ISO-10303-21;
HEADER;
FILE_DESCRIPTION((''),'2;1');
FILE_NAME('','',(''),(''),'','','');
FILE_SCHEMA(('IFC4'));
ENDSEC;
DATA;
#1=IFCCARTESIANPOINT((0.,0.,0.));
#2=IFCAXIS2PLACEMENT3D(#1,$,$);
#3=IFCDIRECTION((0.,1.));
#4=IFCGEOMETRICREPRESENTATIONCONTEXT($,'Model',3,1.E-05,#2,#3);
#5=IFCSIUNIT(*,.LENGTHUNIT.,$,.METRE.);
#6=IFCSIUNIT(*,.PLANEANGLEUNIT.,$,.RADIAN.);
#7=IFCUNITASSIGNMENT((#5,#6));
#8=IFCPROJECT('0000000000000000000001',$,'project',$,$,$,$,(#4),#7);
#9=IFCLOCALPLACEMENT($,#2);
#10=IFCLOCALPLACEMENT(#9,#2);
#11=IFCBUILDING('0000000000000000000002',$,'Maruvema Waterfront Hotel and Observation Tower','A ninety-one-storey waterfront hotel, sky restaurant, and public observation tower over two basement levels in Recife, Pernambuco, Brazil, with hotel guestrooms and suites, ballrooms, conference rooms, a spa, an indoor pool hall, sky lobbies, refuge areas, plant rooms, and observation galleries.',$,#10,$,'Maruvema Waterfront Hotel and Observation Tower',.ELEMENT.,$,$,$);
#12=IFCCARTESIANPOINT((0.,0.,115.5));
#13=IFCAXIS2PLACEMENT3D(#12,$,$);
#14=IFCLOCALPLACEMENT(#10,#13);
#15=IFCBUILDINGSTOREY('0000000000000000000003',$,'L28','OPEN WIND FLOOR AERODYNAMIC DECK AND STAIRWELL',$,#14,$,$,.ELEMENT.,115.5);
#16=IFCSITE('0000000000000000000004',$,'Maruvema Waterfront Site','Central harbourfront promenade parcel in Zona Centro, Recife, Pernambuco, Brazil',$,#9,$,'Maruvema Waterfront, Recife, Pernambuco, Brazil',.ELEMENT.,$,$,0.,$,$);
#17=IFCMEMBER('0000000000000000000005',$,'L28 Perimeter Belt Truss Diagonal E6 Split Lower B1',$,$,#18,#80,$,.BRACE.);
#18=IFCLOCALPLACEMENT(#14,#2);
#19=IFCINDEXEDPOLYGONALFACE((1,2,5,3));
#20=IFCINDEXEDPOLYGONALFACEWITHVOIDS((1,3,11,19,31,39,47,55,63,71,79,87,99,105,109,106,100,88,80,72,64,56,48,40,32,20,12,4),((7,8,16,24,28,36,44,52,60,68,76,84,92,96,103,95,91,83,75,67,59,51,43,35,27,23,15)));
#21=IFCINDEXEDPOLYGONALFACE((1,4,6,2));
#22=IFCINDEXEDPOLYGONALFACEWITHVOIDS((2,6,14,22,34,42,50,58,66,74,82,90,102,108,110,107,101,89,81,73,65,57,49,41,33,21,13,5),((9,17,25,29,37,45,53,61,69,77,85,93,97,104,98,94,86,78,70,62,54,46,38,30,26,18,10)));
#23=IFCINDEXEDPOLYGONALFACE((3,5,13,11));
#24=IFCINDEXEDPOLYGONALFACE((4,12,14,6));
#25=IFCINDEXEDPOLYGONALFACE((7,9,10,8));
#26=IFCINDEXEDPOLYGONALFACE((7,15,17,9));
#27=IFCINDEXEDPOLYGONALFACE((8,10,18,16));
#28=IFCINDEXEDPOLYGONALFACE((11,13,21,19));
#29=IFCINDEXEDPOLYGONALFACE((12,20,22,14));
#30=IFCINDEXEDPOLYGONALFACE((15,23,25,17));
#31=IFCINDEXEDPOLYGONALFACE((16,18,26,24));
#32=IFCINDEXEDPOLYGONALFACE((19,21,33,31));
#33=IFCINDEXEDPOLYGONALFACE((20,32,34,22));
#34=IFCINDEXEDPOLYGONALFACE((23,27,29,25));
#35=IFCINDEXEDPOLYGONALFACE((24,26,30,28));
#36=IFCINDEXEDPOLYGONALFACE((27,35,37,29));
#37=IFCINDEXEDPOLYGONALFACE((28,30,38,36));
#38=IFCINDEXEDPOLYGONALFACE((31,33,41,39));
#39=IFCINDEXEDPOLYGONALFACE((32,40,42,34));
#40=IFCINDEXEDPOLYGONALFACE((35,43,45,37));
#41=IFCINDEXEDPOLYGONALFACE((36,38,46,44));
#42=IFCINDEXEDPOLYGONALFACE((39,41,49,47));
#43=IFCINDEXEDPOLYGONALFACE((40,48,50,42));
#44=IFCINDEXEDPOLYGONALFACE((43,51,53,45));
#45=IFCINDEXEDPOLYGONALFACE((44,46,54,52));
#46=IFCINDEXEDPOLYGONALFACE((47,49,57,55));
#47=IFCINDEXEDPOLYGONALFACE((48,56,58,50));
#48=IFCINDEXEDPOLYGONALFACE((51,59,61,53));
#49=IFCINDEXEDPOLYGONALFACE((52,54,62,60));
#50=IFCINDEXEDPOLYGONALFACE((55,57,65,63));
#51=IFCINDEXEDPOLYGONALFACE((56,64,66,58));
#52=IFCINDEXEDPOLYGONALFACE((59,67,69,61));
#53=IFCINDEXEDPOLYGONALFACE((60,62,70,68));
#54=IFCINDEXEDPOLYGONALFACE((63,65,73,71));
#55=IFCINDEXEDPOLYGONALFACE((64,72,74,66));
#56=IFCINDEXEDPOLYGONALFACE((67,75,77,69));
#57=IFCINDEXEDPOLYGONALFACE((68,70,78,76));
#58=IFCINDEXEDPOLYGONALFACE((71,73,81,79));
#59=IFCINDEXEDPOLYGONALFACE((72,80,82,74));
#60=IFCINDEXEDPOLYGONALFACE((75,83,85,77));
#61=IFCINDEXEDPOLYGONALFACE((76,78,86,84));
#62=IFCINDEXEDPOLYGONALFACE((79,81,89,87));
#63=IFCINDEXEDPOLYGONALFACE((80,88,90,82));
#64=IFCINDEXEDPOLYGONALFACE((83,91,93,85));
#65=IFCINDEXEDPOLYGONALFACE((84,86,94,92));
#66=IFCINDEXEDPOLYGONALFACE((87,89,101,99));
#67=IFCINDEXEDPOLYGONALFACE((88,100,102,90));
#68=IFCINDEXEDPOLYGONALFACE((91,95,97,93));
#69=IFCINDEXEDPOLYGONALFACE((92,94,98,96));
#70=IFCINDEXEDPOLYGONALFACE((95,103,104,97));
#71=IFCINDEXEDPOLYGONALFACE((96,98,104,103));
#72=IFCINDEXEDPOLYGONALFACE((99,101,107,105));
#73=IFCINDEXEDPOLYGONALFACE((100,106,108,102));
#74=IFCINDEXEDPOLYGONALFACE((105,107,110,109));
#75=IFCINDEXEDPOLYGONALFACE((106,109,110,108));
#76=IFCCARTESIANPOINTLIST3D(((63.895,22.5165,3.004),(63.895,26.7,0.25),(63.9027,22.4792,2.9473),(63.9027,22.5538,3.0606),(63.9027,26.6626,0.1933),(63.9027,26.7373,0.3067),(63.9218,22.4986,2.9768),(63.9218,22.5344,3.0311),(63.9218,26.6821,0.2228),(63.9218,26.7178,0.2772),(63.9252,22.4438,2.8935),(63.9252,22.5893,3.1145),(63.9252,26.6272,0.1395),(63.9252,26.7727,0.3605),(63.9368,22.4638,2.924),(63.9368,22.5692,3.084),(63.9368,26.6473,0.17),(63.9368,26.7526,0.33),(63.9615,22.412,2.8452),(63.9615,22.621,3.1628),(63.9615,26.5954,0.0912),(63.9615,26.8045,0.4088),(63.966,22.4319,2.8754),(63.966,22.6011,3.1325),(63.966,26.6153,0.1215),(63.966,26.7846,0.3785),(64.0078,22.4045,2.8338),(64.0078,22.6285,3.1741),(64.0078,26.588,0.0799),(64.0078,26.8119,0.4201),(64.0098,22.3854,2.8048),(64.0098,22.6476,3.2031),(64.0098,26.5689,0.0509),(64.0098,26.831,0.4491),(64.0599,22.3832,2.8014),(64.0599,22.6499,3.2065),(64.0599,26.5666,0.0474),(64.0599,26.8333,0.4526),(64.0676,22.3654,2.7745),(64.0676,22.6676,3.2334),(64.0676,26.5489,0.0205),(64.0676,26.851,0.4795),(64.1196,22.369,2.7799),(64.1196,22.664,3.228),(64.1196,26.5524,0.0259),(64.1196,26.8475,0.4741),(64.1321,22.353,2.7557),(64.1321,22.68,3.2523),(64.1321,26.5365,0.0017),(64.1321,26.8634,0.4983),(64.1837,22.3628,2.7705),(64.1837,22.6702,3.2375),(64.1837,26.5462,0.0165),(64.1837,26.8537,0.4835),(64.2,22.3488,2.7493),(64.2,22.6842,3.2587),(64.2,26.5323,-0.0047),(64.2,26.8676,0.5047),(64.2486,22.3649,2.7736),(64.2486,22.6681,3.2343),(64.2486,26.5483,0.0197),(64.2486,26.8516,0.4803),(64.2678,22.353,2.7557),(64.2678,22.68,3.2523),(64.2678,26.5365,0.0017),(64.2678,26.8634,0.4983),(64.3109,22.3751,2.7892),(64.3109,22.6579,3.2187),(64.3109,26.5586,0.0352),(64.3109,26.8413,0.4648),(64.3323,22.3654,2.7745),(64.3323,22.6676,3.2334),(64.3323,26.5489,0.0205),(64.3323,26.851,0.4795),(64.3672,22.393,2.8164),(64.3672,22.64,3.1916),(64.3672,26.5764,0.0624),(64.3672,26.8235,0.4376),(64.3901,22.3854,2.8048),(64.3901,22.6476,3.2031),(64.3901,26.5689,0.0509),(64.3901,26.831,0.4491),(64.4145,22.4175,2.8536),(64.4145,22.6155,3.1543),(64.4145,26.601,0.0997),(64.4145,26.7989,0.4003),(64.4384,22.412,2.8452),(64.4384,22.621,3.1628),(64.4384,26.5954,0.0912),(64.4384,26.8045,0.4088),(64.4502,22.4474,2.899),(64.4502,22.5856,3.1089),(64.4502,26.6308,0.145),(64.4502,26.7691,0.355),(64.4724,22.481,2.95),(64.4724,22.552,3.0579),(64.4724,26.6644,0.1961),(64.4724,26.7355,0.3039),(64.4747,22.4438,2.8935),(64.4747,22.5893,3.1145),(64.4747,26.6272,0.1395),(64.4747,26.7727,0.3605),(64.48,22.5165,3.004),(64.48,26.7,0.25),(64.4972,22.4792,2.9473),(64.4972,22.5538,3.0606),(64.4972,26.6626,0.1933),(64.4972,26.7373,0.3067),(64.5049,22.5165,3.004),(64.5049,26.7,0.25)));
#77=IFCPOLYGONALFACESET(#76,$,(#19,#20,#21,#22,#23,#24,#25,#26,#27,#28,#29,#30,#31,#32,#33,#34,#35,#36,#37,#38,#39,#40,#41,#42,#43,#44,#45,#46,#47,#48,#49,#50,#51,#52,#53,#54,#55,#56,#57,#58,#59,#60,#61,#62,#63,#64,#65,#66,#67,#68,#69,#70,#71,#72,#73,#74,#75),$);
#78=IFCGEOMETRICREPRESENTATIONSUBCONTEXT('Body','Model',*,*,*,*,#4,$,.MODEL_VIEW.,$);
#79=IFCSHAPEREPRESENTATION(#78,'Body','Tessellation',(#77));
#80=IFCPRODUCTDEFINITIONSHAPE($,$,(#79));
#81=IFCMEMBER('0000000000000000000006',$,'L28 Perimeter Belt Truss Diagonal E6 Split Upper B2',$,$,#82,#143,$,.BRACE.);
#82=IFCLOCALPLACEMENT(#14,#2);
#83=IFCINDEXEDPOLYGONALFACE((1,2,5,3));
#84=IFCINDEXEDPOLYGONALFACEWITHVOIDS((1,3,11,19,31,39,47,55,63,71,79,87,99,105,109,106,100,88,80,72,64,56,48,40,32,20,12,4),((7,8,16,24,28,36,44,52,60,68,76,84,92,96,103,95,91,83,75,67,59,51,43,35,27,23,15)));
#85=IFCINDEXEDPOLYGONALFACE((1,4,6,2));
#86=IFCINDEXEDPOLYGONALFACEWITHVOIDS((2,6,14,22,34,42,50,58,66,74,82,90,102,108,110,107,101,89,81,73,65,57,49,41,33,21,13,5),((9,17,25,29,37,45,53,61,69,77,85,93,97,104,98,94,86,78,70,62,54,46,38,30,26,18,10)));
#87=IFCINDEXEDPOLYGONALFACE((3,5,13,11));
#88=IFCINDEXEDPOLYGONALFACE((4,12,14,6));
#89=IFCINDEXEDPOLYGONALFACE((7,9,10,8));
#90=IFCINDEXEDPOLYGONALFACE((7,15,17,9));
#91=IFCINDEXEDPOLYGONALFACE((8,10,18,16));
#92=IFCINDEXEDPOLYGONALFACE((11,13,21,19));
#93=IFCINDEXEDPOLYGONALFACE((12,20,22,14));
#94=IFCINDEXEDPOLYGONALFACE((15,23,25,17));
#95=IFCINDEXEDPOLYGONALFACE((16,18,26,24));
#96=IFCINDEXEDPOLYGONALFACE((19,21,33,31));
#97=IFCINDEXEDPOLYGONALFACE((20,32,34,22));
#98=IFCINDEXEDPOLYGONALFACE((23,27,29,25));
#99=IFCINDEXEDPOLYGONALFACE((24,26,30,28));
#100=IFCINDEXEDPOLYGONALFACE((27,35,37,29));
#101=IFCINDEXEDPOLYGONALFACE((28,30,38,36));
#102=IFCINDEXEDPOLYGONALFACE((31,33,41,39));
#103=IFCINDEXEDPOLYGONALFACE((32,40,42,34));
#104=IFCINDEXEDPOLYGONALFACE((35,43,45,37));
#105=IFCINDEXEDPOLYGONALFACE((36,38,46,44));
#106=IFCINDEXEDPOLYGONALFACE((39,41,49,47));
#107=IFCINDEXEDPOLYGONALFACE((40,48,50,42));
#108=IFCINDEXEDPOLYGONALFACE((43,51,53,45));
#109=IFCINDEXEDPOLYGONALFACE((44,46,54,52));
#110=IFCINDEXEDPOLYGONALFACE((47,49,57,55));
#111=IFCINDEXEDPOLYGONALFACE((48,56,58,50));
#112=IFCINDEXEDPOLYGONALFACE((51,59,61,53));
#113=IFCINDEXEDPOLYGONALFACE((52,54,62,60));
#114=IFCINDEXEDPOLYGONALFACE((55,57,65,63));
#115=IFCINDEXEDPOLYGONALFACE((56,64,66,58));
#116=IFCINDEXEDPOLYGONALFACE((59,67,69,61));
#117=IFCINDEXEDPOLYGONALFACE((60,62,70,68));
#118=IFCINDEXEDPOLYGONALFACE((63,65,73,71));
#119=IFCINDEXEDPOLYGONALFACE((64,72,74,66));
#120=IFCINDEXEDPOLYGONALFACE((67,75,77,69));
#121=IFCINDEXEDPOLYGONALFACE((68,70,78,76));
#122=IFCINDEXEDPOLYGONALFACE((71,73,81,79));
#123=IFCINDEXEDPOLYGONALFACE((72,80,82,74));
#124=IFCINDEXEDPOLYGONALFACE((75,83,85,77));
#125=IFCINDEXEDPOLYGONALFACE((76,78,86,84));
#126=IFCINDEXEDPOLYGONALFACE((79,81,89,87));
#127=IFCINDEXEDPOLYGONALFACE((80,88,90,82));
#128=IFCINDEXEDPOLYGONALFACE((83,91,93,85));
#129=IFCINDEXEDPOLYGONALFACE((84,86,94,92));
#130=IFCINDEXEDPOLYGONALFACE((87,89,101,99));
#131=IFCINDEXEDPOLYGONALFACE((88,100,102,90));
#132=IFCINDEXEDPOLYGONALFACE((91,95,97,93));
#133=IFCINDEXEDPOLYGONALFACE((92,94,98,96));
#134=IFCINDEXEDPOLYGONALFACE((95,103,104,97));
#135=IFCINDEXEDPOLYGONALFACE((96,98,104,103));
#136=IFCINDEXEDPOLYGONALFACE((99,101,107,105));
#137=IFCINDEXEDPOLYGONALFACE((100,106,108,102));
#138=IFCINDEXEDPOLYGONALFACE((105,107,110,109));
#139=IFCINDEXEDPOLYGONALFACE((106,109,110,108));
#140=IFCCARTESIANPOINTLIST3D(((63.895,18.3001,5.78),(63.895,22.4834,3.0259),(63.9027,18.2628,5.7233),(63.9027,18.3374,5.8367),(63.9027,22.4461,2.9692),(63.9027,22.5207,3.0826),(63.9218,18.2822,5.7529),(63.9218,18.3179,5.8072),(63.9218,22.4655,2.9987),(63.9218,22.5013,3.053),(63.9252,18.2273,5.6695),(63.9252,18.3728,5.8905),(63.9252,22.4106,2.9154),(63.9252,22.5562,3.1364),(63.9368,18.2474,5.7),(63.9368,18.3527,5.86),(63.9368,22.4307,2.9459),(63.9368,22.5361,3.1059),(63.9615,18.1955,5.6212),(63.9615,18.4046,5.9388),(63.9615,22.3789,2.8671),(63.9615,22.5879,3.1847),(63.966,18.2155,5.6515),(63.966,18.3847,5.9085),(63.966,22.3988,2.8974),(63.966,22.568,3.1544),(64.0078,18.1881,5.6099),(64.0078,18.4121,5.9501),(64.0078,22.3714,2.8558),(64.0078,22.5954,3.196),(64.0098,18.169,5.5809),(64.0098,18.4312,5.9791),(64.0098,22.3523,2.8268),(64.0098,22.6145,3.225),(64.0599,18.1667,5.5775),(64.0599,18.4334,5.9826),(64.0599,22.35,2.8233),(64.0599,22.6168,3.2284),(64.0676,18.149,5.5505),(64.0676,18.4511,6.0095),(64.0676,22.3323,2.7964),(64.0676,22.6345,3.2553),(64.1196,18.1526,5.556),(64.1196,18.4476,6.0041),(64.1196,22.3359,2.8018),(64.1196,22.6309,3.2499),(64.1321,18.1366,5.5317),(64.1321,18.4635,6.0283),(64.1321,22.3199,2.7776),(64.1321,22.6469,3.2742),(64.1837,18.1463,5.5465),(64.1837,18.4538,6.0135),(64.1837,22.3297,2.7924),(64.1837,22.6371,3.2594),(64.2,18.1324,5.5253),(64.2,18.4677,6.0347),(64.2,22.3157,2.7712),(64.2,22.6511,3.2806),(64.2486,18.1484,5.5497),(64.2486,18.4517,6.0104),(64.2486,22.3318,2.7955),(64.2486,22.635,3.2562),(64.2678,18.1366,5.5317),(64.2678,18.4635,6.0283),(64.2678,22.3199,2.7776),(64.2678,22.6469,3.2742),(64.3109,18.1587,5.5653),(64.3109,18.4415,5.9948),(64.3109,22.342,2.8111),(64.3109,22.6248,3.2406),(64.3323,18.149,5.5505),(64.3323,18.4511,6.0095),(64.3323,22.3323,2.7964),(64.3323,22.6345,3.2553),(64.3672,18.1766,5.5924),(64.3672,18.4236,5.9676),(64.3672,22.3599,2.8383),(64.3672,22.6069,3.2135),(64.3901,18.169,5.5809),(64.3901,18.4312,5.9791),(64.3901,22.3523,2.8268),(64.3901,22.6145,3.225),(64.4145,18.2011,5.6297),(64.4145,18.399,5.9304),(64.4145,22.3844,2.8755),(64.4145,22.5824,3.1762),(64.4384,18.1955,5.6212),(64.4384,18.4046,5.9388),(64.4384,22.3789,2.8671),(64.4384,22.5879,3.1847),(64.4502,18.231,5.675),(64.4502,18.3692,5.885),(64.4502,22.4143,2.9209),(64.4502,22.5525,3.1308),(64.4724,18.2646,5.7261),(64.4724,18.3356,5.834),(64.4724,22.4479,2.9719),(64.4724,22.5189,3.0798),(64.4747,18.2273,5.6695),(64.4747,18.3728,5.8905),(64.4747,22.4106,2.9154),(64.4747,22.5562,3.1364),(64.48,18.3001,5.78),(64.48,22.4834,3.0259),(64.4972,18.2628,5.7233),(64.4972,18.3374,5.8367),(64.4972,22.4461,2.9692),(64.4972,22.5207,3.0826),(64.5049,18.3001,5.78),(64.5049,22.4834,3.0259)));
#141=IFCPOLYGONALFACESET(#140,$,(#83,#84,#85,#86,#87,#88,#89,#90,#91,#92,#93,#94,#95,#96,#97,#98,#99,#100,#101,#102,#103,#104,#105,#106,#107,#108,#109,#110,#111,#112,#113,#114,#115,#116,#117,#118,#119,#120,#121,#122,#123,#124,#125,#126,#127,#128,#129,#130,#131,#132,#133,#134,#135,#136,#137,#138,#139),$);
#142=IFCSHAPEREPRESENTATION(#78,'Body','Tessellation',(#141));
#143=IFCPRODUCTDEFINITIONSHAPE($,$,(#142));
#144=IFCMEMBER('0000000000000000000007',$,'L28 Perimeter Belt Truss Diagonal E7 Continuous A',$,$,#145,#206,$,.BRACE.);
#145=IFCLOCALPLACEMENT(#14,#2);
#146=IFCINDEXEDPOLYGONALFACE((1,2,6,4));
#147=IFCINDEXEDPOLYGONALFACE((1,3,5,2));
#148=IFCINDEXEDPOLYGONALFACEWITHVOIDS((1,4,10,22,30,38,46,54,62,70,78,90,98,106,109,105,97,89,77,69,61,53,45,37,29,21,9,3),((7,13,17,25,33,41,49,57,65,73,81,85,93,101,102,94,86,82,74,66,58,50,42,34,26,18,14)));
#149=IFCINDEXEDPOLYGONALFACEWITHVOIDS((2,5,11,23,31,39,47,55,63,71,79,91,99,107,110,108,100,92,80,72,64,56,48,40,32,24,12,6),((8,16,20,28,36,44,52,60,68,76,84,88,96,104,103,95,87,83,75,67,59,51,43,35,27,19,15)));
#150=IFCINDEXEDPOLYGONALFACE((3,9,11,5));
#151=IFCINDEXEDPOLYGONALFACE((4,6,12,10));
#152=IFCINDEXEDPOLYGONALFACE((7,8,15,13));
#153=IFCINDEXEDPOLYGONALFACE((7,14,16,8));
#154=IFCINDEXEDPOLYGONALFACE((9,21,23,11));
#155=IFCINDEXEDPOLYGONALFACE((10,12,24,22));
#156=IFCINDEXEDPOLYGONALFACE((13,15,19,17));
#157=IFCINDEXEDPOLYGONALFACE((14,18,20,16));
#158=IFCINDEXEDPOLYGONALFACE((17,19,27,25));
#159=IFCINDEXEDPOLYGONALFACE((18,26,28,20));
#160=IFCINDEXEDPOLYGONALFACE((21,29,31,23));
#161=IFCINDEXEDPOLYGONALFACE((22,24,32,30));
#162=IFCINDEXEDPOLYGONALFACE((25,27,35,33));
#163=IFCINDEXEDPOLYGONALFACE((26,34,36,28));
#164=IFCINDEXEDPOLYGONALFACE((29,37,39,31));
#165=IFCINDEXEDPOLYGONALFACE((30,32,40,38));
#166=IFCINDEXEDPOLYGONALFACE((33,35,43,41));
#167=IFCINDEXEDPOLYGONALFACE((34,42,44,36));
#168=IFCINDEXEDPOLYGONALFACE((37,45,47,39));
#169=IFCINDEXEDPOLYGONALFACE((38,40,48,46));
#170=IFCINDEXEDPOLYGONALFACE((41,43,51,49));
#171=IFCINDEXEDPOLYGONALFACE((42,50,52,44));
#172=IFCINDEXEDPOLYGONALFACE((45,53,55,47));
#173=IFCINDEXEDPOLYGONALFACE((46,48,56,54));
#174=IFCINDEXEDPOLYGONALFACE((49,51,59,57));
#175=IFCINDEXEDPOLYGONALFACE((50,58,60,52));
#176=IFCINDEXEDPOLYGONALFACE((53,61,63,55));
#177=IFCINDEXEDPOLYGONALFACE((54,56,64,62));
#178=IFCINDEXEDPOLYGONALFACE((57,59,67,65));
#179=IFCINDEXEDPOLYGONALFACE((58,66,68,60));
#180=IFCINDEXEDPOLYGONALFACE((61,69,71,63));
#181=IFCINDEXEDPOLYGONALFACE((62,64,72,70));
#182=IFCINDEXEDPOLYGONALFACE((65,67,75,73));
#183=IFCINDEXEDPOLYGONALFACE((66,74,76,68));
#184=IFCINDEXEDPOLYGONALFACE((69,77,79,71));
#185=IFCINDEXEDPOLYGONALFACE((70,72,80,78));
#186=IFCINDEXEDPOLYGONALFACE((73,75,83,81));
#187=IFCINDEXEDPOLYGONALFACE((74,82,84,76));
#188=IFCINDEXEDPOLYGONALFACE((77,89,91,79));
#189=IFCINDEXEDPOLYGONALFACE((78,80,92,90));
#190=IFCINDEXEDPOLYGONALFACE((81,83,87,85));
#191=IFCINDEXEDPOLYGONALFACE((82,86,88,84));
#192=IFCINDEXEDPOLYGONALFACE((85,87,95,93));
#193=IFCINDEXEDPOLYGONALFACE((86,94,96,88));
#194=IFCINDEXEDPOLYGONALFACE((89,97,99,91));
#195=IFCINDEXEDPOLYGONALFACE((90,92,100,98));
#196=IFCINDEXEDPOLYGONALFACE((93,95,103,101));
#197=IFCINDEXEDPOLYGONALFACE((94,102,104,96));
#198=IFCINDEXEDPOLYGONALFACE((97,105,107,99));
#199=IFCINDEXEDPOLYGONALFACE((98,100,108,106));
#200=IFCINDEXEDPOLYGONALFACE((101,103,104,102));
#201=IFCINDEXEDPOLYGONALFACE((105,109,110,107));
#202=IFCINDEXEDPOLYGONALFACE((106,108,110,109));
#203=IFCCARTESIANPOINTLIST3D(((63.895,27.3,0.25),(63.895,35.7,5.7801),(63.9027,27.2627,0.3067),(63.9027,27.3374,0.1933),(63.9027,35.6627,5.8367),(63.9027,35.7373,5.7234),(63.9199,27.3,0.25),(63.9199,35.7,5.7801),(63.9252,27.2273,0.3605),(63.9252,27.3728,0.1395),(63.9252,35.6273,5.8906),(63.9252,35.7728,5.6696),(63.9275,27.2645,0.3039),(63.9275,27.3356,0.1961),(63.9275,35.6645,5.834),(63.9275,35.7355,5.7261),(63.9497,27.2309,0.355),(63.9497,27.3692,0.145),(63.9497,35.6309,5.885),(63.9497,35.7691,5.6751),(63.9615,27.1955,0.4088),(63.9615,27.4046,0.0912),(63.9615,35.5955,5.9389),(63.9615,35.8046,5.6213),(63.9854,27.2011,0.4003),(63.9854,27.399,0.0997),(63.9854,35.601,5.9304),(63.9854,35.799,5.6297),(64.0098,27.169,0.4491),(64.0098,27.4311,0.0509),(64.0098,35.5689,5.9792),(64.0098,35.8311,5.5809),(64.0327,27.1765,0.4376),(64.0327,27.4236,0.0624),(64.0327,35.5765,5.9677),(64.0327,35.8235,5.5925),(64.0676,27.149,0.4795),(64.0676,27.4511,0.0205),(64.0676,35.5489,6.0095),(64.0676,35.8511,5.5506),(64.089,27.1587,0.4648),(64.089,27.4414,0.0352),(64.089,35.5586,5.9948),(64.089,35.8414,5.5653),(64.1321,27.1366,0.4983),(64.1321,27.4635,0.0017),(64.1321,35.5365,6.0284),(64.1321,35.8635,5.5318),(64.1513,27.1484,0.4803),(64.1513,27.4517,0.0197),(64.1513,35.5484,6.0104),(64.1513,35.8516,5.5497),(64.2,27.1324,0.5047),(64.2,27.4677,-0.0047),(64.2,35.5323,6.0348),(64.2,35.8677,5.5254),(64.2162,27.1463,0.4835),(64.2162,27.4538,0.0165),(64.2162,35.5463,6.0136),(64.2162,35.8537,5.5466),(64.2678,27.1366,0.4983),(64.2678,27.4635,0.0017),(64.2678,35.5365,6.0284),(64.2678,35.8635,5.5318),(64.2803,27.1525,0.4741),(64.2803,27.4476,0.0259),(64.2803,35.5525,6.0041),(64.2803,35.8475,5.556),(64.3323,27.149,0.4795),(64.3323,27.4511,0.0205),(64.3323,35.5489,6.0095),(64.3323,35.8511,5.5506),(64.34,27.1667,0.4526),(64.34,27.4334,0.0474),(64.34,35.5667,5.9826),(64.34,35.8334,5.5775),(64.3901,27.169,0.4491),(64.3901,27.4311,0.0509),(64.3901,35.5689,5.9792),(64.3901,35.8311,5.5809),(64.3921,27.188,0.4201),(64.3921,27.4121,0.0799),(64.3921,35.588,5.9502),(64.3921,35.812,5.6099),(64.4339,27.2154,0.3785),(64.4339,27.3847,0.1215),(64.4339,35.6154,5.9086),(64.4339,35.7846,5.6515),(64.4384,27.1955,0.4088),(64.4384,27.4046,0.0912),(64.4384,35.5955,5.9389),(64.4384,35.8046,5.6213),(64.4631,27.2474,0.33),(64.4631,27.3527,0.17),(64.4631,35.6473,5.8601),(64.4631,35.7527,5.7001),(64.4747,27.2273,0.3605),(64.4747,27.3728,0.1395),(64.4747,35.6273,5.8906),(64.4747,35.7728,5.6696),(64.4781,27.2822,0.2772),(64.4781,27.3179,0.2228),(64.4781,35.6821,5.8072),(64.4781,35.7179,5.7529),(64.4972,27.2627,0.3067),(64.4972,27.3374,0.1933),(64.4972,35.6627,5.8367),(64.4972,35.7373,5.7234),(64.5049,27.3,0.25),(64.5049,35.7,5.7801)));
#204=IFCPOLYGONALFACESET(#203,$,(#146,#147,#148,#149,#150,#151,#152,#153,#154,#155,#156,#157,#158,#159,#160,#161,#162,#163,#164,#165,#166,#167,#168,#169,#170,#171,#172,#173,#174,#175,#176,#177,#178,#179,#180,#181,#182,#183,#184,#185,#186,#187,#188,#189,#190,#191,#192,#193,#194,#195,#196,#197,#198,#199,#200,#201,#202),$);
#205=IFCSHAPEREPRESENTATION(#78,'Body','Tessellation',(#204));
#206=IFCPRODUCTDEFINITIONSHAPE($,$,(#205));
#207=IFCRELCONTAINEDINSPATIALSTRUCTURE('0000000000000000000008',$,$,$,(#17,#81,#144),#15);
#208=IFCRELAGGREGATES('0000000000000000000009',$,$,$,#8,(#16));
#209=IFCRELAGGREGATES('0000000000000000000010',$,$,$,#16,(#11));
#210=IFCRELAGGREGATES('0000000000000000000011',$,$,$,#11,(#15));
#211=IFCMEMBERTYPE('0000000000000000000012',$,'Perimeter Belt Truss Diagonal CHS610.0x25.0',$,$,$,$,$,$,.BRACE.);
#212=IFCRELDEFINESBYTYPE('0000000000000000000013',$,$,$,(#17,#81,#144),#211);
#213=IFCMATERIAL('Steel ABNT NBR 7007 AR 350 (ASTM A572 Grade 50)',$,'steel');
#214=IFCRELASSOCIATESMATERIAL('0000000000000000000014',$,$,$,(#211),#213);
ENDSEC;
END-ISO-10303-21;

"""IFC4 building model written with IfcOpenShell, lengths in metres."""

from ifc_helpers import new_model, si_unit, direction, frame, origin, origin_2d, place, context, subcontext, project, spatial, hollow_circle, extrude, material, material_profile, profile_set, type_object, element, save


model = new_model("IFC4")

# Units and contexts
model_context = context("Model", 3, precision=1e-05, world=origin(), true_north=direction((0.0, 1.0)))
body_context = subcontext(model_context, "Body", "Model", "MODEL_VIEW")
ifc_project = project(units=[si_unit("LENGTHUNIT", "METRE"), si_unit("PLANEANGLEUNIT", "RADIAN")], contexts=[model_context])

# Site, building, storey
site_placement = place(None, origin())
site = spatial("IfcSite", under=ifc_project, at=site_placement, Name="Maruvema Waterfront Site", Description="Central harbourfront promenade parcel in Zona Centro, Recife, Pernambuco, Brazil", LongName="Maruvema Waterfront, Recife, Pernambuco, Brazil", CompositionType="ELEMENT", RefElevation=0.0)
building_placement = place(site_placement, origin())
building = spatial("IfcBuilding", under=site, at=building_placement, Name="Maruvema Waterfront Hotel and Observation Tower", Description="A ninety-one-storey waterfront hotel, sky restaurant, and public observation tower over two basement levels in Recife, Pernambuco, Brazil, with hotel guestrooms and suites, ballrooms, conference rooms, a spa, an indoor pool hall, sky lobbies, refuge areas, plant rooms, and observation galleries.", LongName="Maruvema Waterfront Hotel and Observation Tower", CompositionType="ELEMENT")
storey_placement = place(building_placement, frame((0.0, 0.0, 115.5)))
storey = spatial("IfcBuildingStorey", under=building, at=storey_placement, Name="L28", Description="OPEN WIND FLOOR AERODYNAMIC DECK AND STAIRWELL", CompositionType="ELEMENT", Elevation=115.5)

# Members
ifc_material_1 = material(Name="Steel ABNT NBR 7007 AR 350 (ASTM A572 Grade 50)", Category="steel")
ifc_material_profile_1 = material_profile(ifc_material_1, hollow_circle(Radius=0.3049, WallThickness=0.0249, at=origin_2d()), Name="CHS610.0x25.0")
ifc_profile_set_1 = profile_set([ifc_material_profile_1], Name="Steel ABNT NBR 7007 AR 350 (ASTM A572 Grade 50)")
member_type_1 = type_object("IfcMemberType", Name="Perimeter Belt Truss Diagonal CHS610.0x25.0", PredefinedType="BRACE", material=ifc_profile_set_1)
for number, where, z_axis, x_axis, name in (
    (1, (64.2, 26.7, 0.25), (0.0, -0.835261, 0.549854), (1.0, 0.0, 0.0), "L28 Perimeter Belt Truss Diagonal E6 Split Lower B1"),
    (2, (64.2, 22.4834, 3.0259), (0.0, -0.835239, 0.549888), (1.0, 0.0, 0.0), "L28 Perimeter Belt Truss Diagonal E6 Split Upper B2"),
):
    element("IfcMember", number, at=place(storey_placement, frame(where, z_axis=z_axis, x_axis=x_axis)), inside=storey, type_object=member_type_1, Name=name, PredefinedType="BRACE", context=body_context, shape_type="SweptSolid", body=[
        extrude(hollow_circle(Radius=0.3049, WallThickness=0.0249, at=origin_2d()), origin(), (0.0, 0.0, 1.0), 5.0085),
    ])
member_1_placement = place(storey_placement, frame((64.2, 27.3, 0.25), z_axis=(0.0, 0.835245, 0.549879), x_axis=(-1.0, 0.0, 0.0)))
element("IfcMember", 3, at=member_1_placement, inside=storey, type_object=member_type_1, Name="L28 Perimeter Belt Truss Diagonal E7 Continuous A", PredefinedType="BRACE", context=body_context, shape_type="SweptSolid", body=[
    extrude(hollow_circle(Radius=0.3049, WallThickness=0.0249, at=origin_2d()), origin(), (0.0, 0.0, 1.0), 10.0569),
])

save(model, "model.ifc")
